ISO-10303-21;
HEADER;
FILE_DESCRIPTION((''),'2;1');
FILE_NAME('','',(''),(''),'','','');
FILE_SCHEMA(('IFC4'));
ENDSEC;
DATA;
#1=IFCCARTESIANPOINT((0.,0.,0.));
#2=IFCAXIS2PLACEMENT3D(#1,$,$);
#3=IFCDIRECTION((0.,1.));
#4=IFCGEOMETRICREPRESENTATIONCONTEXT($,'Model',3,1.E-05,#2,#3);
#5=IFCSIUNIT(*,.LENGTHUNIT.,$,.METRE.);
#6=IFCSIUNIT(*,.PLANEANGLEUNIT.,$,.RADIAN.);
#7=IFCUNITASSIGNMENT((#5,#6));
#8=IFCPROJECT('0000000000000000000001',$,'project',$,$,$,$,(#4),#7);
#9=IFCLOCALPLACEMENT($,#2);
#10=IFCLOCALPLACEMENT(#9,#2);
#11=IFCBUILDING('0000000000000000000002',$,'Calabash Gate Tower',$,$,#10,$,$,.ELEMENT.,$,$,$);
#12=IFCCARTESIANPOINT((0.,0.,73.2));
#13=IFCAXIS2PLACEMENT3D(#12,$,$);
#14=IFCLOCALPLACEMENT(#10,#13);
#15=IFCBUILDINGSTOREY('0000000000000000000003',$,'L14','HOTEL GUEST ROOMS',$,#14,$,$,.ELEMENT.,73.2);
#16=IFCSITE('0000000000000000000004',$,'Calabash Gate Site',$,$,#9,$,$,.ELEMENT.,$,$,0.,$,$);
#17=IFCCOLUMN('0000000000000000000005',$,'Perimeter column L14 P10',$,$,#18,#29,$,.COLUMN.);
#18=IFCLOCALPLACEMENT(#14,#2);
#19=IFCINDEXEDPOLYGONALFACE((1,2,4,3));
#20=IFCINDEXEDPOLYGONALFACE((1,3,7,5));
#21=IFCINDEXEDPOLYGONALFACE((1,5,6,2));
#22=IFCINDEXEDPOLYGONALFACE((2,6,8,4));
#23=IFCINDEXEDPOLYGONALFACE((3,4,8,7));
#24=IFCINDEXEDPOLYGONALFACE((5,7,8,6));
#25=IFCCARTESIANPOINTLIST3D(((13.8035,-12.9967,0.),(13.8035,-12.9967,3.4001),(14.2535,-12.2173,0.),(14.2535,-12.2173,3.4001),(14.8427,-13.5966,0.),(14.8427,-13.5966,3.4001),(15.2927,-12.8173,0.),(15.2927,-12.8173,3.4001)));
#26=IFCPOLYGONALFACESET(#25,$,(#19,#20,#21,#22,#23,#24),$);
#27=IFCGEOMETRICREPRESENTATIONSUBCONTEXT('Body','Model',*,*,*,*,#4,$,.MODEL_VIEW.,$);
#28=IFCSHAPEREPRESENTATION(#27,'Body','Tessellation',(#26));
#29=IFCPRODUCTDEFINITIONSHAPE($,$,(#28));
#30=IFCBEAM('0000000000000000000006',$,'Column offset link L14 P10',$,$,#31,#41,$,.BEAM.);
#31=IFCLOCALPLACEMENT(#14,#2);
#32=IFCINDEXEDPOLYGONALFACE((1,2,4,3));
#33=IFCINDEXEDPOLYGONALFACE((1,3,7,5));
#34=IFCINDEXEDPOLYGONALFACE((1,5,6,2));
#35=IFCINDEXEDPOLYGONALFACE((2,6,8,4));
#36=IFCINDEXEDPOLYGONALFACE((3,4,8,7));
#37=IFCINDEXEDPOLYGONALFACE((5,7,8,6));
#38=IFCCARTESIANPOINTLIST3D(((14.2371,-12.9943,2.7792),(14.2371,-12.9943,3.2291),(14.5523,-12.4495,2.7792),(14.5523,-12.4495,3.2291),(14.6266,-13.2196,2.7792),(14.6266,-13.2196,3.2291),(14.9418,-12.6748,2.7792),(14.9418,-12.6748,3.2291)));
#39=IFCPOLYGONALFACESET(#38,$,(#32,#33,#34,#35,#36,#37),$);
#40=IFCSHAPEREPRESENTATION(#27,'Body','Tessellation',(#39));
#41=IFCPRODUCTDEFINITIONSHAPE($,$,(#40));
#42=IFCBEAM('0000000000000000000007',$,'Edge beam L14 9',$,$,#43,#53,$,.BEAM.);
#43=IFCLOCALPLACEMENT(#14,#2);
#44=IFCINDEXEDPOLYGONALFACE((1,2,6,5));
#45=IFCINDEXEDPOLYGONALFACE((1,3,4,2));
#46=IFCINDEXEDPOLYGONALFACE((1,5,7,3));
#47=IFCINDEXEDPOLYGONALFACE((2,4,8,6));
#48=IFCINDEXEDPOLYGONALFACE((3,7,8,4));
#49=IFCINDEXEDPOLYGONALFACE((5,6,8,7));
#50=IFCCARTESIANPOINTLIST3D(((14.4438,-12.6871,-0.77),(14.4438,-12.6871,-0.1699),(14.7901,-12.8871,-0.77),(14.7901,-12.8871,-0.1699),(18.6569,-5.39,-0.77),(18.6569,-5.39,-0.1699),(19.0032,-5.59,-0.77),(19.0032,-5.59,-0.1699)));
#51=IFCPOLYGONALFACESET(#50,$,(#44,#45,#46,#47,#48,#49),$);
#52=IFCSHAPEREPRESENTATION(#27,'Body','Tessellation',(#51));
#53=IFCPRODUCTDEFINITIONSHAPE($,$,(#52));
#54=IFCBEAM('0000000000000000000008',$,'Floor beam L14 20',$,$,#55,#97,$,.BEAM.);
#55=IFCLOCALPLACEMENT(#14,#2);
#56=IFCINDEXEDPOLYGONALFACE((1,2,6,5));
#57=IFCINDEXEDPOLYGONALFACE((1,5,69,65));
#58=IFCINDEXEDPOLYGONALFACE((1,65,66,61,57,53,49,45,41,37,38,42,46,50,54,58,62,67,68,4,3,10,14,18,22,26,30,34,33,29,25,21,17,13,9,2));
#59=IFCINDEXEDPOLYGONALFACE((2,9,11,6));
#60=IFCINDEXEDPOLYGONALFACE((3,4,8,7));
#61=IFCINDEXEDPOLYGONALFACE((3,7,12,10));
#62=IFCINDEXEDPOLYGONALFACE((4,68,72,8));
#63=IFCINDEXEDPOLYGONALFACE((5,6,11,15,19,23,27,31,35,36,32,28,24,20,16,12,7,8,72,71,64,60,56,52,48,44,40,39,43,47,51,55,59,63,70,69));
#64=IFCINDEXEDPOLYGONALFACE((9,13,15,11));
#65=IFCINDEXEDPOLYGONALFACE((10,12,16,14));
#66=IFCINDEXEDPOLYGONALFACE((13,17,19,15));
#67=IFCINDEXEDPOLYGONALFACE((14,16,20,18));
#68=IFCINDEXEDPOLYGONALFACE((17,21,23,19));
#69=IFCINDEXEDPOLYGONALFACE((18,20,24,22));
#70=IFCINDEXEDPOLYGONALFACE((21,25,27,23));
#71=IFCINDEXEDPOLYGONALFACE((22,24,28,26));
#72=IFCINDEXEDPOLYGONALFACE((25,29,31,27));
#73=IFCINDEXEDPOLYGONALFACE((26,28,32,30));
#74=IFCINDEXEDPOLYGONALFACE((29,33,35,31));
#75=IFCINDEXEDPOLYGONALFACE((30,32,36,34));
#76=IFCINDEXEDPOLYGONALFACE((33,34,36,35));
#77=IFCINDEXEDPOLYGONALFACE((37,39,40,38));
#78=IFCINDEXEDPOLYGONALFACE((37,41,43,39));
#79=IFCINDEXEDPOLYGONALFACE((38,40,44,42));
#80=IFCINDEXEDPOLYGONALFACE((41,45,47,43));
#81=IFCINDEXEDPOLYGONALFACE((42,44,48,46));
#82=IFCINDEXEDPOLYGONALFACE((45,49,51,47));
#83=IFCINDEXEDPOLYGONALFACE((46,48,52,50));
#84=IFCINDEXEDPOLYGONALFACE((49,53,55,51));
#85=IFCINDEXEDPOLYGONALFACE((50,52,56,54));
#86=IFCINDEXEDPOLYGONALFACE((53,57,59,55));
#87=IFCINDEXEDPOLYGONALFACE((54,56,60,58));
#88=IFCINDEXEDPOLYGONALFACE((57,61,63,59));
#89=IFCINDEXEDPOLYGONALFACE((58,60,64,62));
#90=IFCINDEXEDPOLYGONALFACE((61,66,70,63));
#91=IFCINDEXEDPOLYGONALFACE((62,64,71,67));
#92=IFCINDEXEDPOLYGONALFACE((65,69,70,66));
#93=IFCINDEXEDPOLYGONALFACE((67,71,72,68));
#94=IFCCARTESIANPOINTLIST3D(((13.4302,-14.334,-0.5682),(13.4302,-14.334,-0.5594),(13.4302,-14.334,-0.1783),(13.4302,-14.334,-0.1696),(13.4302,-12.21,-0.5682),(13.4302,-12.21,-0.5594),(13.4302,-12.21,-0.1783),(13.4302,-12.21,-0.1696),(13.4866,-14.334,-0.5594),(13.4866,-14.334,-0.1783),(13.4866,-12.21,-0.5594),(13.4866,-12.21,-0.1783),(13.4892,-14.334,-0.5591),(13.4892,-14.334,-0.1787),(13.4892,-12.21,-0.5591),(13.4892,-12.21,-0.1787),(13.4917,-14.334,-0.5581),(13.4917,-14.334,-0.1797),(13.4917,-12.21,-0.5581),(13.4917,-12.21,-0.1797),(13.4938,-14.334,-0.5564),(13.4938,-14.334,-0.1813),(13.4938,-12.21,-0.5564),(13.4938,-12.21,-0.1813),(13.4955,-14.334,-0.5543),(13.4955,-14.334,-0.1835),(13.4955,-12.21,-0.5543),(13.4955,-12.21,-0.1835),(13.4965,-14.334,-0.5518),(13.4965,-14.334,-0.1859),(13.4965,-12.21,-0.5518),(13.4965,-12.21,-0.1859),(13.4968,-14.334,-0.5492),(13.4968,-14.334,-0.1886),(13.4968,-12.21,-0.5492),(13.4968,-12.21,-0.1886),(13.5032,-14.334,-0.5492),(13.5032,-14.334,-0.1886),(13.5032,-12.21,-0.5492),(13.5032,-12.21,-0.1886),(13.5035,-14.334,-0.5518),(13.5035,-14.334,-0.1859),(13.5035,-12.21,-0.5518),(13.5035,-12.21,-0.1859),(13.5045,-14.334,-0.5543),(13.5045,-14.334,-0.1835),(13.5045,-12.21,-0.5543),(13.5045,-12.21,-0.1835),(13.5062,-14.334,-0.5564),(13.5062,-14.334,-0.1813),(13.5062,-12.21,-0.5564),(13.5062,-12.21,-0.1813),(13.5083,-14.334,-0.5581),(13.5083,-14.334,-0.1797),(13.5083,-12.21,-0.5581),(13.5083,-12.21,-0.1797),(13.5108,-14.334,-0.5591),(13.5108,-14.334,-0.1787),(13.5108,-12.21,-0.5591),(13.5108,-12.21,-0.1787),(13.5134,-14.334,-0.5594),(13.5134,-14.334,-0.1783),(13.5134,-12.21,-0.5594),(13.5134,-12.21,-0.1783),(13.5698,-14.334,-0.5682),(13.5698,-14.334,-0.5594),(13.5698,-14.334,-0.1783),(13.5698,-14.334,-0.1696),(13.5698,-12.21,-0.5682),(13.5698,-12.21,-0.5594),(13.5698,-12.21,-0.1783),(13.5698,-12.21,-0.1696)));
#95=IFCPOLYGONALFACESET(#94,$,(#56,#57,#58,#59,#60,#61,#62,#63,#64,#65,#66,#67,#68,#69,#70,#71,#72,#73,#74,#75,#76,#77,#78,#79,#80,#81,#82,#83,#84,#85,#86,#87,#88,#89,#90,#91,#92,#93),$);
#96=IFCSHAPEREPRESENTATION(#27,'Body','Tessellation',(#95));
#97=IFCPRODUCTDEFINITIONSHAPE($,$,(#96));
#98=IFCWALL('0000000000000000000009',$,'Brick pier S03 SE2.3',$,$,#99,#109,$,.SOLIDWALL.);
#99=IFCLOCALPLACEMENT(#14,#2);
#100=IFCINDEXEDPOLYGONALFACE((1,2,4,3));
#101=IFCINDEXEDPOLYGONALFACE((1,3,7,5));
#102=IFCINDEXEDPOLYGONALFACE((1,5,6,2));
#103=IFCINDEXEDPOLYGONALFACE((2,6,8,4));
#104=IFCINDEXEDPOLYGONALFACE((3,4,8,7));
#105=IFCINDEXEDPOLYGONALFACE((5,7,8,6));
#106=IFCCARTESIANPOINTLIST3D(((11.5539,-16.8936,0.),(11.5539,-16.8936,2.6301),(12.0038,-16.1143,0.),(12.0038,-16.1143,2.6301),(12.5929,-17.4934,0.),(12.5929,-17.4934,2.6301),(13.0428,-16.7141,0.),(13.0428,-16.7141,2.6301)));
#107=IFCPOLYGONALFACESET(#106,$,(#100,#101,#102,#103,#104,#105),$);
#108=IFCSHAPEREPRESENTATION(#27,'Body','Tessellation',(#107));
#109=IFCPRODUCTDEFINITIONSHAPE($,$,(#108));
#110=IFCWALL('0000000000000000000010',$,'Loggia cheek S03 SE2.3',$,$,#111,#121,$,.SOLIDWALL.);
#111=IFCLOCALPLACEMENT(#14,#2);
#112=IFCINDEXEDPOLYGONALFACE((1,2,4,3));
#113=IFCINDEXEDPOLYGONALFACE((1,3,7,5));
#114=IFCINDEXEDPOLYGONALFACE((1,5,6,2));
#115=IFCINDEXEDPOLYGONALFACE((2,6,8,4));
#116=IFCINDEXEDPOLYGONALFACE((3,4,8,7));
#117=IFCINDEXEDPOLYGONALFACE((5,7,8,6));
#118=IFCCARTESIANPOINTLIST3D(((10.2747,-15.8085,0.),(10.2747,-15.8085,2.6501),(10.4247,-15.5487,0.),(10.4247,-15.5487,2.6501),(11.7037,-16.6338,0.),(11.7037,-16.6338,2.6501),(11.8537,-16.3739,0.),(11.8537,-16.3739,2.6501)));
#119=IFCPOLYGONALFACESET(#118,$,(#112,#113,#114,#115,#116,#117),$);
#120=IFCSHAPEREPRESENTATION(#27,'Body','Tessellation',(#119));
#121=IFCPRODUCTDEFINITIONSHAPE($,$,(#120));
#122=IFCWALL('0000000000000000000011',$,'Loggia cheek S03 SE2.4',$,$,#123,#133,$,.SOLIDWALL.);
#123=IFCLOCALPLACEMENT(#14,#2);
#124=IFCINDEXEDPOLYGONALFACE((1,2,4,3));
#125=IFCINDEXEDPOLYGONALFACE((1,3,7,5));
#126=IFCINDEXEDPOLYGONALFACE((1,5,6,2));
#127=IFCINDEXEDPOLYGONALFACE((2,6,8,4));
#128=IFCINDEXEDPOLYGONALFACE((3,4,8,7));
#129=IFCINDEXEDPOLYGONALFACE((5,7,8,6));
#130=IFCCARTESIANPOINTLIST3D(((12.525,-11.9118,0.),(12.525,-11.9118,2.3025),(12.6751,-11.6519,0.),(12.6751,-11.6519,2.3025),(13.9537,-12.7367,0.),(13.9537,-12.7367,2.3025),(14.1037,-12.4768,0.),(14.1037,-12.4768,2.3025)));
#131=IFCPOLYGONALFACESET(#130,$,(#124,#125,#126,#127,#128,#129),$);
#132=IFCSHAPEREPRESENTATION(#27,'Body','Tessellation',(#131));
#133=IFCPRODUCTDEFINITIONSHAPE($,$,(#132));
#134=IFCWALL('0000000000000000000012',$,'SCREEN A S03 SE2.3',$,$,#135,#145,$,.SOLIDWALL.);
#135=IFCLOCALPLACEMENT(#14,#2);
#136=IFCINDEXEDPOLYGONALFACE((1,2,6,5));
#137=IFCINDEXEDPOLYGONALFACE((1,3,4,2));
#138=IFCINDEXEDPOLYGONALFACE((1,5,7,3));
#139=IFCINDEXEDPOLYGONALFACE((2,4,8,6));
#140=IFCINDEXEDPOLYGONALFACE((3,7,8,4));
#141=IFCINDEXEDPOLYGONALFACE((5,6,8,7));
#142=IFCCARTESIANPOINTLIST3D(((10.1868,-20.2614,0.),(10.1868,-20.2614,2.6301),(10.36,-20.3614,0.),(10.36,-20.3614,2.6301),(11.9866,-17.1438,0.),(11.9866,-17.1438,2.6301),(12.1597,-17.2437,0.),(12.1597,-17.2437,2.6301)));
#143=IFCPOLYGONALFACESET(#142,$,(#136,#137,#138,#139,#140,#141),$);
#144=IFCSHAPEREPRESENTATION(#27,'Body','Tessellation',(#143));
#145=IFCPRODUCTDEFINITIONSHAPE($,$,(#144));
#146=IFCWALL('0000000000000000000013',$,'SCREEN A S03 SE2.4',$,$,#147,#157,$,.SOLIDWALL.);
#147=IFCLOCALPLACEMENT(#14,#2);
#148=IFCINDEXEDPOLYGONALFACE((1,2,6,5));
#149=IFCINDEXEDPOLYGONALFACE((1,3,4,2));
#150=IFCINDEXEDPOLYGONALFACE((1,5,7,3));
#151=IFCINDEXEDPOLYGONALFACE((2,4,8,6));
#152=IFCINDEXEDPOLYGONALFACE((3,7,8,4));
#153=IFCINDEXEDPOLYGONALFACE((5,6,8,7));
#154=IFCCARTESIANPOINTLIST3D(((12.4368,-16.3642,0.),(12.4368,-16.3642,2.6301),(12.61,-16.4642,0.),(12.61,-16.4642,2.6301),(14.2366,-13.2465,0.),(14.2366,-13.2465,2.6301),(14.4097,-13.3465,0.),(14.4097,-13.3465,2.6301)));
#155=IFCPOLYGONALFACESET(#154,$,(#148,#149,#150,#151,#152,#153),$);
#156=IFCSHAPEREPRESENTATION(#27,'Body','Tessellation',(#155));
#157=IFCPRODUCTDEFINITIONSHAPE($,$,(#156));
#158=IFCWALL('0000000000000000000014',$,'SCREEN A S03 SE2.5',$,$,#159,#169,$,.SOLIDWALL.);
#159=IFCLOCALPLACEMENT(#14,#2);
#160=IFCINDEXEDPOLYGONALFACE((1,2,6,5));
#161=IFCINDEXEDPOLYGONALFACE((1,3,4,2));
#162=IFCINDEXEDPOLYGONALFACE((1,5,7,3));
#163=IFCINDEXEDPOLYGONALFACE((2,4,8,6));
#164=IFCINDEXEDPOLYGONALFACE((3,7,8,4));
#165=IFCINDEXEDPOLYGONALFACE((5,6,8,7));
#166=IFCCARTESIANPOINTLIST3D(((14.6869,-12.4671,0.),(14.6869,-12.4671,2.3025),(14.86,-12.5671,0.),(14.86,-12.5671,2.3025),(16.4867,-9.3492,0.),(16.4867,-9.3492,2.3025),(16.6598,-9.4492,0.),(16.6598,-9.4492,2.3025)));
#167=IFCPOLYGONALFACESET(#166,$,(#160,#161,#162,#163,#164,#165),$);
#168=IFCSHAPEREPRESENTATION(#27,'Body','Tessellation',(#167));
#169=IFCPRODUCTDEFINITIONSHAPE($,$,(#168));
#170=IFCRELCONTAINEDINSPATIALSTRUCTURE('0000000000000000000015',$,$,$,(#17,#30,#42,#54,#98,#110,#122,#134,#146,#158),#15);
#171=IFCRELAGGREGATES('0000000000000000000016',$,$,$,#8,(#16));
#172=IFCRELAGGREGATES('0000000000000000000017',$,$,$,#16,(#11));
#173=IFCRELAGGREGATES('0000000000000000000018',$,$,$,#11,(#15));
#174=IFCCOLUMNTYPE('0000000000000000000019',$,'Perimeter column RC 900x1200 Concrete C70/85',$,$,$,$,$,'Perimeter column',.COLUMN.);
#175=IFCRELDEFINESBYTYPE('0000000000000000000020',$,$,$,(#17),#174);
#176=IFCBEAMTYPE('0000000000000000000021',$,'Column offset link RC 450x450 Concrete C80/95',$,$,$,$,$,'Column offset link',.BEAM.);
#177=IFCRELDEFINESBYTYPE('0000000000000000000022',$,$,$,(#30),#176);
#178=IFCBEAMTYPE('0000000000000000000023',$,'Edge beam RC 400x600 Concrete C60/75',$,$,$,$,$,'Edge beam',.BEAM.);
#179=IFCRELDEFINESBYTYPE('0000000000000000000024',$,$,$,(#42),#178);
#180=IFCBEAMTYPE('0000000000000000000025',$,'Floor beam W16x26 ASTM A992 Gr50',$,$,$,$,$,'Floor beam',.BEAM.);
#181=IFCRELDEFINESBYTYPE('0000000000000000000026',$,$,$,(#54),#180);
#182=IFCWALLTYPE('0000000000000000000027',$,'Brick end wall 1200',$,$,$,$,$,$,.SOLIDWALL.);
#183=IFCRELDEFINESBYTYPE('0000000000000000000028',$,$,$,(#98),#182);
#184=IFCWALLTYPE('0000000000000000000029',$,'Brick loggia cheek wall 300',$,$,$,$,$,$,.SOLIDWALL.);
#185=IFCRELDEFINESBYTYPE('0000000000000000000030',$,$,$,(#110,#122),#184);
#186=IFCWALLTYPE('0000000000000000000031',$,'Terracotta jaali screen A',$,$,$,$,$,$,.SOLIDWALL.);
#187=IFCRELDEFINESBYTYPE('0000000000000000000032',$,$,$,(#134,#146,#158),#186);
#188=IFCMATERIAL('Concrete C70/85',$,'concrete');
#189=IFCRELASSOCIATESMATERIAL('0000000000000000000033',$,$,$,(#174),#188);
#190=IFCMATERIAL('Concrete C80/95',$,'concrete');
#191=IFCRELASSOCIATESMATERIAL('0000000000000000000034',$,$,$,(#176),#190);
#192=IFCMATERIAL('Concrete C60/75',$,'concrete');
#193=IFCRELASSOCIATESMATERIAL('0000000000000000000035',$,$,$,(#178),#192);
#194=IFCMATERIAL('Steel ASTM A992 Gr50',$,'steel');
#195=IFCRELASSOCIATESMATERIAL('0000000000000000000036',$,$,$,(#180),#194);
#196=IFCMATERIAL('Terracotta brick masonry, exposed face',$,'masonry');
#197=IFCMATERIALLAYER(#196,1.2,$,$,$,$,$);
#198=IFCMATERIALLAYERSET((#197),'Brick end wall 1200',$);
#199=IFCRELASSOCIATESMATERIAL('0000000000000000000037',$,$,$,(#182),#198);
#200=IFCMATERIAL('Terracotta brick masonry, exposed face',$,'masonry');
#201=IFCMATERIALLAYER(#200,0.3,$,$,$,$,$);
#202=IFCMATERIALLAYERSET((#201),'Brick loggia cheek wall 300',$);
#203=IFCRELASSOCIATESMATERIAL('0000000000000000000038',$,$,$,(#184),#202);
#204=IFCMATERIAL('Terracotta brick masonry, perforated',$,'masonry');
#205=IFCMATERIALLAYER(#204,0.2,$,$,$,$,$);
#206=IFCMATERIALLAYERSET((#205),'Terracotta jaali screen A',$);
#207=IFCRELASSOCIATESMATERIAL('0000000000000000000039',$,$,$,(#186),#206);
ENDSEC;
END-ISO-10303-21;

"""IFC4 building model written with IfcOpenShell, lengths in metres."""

from ifc_helpers import new_model, si_unit, direction, frame, frame_2d, origin, origin_2d, place, context, subcontext, project, spatial, rectangle, i_section, extrude, material, layer, layer_set, material_profile, profile_set, type_object, element, save


model = new_model("IFC4")

# Units and contexts
model_context = context("Model", 3, precision=1e-05, world=origin(), true_north=direction((0.0, 1.0)))
body_context = subcontext(model_context, "Body", "Model", "MODEL_VIEW")
ifc_project = project(units=[si_unit("LENGTHUNIT", "METRE"), si_unit("PLANEANGLEUNIT", "RADIAN")], contexts=[model_context])

# Site, building, storey
site_placement = place(None, origin())
site = spatial("IfcSite", under=ifc_project, at=site_placement, Name="Calabash Gate Site", CompositionType="ELEMENT", RefElevation=0.0)
building_placement = place(site_placement, origin())
building = spatial("IfcBuilding", under=site, at=building_placement, Name="Calabash Gate Tower", CompositionType="ELEMENT")
storey_placement = place(building_placement, frame((0.0, 0.0, 73.2)))
storey = spatial("IfcBuildingStorey", under=building, at=storey_placement, Name="L14", Description="HOTEL GUEST ROOMS", CompositionType="ELEMENT", Elevation=73.2)

# Column
ifc_material_1 = material(Name="Concrete C70/85", Category="concrete")
ifc_material_profile_1 = material_profile(ifc_material_1, rectangle(XDim=0.8999, YDim=1.2, at=origin_2d()))
ifc_profile_set_1 = profile_set([ifc_material_profile_1], Name="Concrete C70/85")
column_type = type_object("IfcColumnType", Name="Perimeter column RC 900x1200 Concrete C70/85", ElementType="Perimeter column", PredefinedType="COLUMN", material=ifc_profile_set_1)
column_placement = place(storey_placement, frame((14.5481, -12.907, 0.0), z_axis=(0.0, 0.0, 1.0), x_axis=(0.5, 0.866025, 0.0)))
element("IfcColumn", 1, at=column_placement, inside=storey, type_object=column_type, Name="Perimeter column L14 P10", PredefinedType="COLUMN", context=body_context, shape_type="SweptSolid", body=[
    extrude(rectangle(XDim=0.8999, YDim=1.2, at=origin_2d()), origin(), (0.0, 0.0, 1.0), 3.4001),
])

# Beams
ifc_material_2 = material(Name="Concrete C80/95", Category="concrete")
ifc_material_profile_2 = material_profile(ifc_material_2, rectangle(XDim=0.45, YDim=0.45, at=origin_2d()))
ifc_profile_set_2 = profile_set([ifc_material_profile_2], Name="Concrete C80/95")
beam_type_1 = type_object("IfcBeamType", Name="Column offset link RC 450x450 Concrete C80/95", ElementType="Column offset link", PredefinedType="BEAM", material=ifc_profile_set_2)
beam_1_placement = place(storey_placement, frame((14.4319, -13.1069, 3.0042), z_axis=(0.500685, 0.86563, 0.0), x_axis=(-0.86563, 0.500685, 0.0)))
element("IfcBeam", 2, at=beam_1_placement, inside=storey, type_object=beam_type_1, Name="Column offset link L14 P10", PredefinedType="BEAM", context=body_context, shape_type="SweptSolid", body=[
    extrude(rectangle(XDim=0.45, YDim=0.45, at=origin_2d()), origin(), (0.0, 0.0, 1.0), 0.6294),
])
ifc_material_3 = material(Name="Concrete C60/75", Category="concrete")
ifc_material_profile_3 = material_profile(ifc_material_3, rectangle(XDim=0.3999, YDim=0.6001, at=origin_2d()))
ifc_profile_set_3 = profile_set([ifc_material_profile_3], Name="Concrete C60/75")
beam_type_2 = type_object("IfcBeamType", Name="Edge beam RC 400x600 Concrete C60/75", ElementType="Edge beam", PredefinedType="BEAM", material=ifc_profile_set_3)
beam_2_placement = place(storey_placement, frame((14.6169, -12.7871, -0.47), z_axis=(0.500013, 0.866018, 0.0), x_axis=(-0.866018, 0.500013, 0.0)))
element("IfcBeam", 3, at=beam_2_placement, inside=storey, type_object=beam_type_2, Name="Edge beam L14 9", PredefinedType="BEAM", context=body_context, shape_type="SweptSolid", body=[
    extrude(rectangle(XDim=0.3999, YDim=0.6001, at=origin_2d()), origin(), (0.0, 0.0, 1.0), 8.426),
])
ifc_material_4 = material(Name="Steel ASTM A992 Gr50", Category="steel")
ifc_material_profile_4 = material_profile(ifc_material_4, i_section(OverallWidth=0.1396, OverallDepth=0.3987, WebThickness=0.0063, FlangeThickness=0.0088, FilletRadius=0.0103, at=origin_2d()))
ifc_profile_set_4 = profile_set([ifc_material_profile_4], Name="Steel ASTM A992 Gr50")
beam_type_3 = type_object("IfcBeamType", Name="Floor beam W16x26 ASTM A992 Gr50", ElementType="Floor beam", PredefinedType="BEAM", material=ifc_profile_set_4)
beam_3_placement = place(storey_placement, frame((13.5, -14.334, -0.3689), z_axis=(0.0, 1.0, 0.0), x_axis=(-1.0, 0.0, 0.0)))
element("IfcBeam", 4, at=beam_3_placement, inside=storey, type_object=beam_type_3, Name="Floor beam L14 20", PredefinedType="BEAM", context=body_context, shape_type="SweptSolid", body=[
    extrude(i_section(OverallWidth=0.1396, OverallDepth=0.3987, WebThickness=0.0063, FlangeThickness=0.0088, FilletRadius=0.0103, at=origin_2d()), origin(), (0.0, 0.0, 1.0), 2.124),
])

# Walls
ifc_material_5 = material(Name="Terracotta brick masonry, exposed face", Category="masonry")
ifc_layer_1 = layer(ifc_material_5, 1.2)
ifc_layer_set_1 = layer_set([ifc_layer_1], Name="Brick end wall 1200")
wall_type_1 = type_object("IfcWallType", Name="Brick end wall 1200", PredefinedType="SOLIDWALL", material=ifc_layer_set_1)
wall_1_placement = place(storey_placement, frame((12.8179, -17.1038, 0.0), z_axis=(0.0, 0.0, 1.0), x_axis=(-0.866043, 0.499969, 0.0)))
element("IfcWall", 5, at=wall_1_placement, inside=storey, type_object=wall_type_1, Name="Brick pier S03 SE2.3", PredefinedType="SOLIDWALL", context=body_context, shape_type="SweptSolid", body=[
    extrude(rectangle(XDim=1.1997, YDim=0.8999, at=frame_2d((0.5999, 0.0))), origin(), (0.0, 0.0, 1.0), 2.6301),
])
ifc_material_6 = material(Name="Terracotta brick masonry, exposed face", Category="masonry")
ifc_layer_2 = layer(ifc_material_6, 0.3)
ifc_layer_set_2 = layer_set([ifc_layer_2], Name="Brick loggia cheek wall 300")
wall_type_2 = type_object("IfcWallType", Name="Brick loggia cheek wall 300", PredefinedType="SOLIDWALL", material=ifc_layer_set_2)
wall_2_placement = place(storey_placement, frame((11.7788, -16.5039, 0.0), z_axis=(0.0, 0.0, 1.0), x_axis=(-0.865976, 0.500085, 0.0)))
element("IfcWall", 6, at=wall_2_placement, inside=storey, type_object=wall_type_2, Name="Loggia cheek S03 SE2.3", PredefinedType="SOLIDWALL", context=body_context, shape_type="SweptSolid", body=[
    extrude(rectangle(XDim=1.6501, YDim=0.3, at=frame_2d((0.8252, 0.0))), origin(), (0.0, 0.0, 1.0), 2.6501),
])
wall_3_placement = place(storey_placement, frame((14.0286, -12.6067, 0.0), z_axis=(0.0, 0.0, 1.0), x_axis=(-0.866003, 0.500038, 0.0)))
element("IfcWall", 7, at=wall_3_placement, inside=storey, type_object=wall_type_2, Name="Loggia cheek S03 SE2.4", PredefinedType="SOLIDWALL", context=body_context, shape_type="SweptSolid", body=[
    extrude(rectangle(XDim=1.6497, YDim=0.3, at=frame_2d((0.8247, 0.0))), origin(), (0.0, 0.0, 1.0), 2.3025),
])
ifc_material_7 = material(Name="Terracotta brick masonry, perforated", Category="masonry")
ifc_layer_3 = layer(ifc_material_7, 0.2)
ifc_layer_set_3 = layer_set([ifc_layer_3], Name="Terracotta jaali screen A")
wall_type_3 = type_object("IfcWallType", Name="Terracotta jaali screen A", PredefinedType="SOLIDWALL", material=ifc_layer_set_3)
for number, where, z_axis, x_axis, name in (
    (8, (10.2734, -20.3113, 0.0), (0.0, 0.0, 1.0), (0.499961, 0.866048, 0.0), "SCREEN A S03 SE2.3"),
    (9, (12.5234, -16.4141, 0.0), (0.0, 0.0, 1.0), (0.499961, 0.866048, 0.0), "SCREEN A S03 SE2.4"),
):
    element("IfcWall", number, at=place(storey_placement, frame(where, z_axis=z_axis, x_axis=x_axis)), inside=storey, type_object=wall_type_3, Name=name, PredefinedType="SOLIDWALL", context=body_context, shape_type="SweptSolid", body=[
        extrude(rectangle(XDim=3.5999, YDim=0.2, at=frame_2d((1.7998, 0.0))), origin(), (0.0, 0.0, 1.0), 2.6301),
    ])
wall_4_placement = place(storey_placement, frame((14.7734, -12.5171, 0.0), z_axis=(0.0, 0.0, 1.0), x_axis=(0.499932, 0.866065, 0.0)))
element("IfcWall", 10, at=wall_4_placement, inside=storey, type_object=wall_type_3, Name="SCREEN A S03 SE2.5", PredefinedType="SOLIDWALL", context=body_context, shape_type="SweptSolid", body=[
    extrude(rectangle(XDim=3.6001, YDim=0.2, at=frame_2d((1.8, 0.0))), origin(), (0.0, 0.0, 1.0), 2.3025),
])

save(model, "model.ifc")
